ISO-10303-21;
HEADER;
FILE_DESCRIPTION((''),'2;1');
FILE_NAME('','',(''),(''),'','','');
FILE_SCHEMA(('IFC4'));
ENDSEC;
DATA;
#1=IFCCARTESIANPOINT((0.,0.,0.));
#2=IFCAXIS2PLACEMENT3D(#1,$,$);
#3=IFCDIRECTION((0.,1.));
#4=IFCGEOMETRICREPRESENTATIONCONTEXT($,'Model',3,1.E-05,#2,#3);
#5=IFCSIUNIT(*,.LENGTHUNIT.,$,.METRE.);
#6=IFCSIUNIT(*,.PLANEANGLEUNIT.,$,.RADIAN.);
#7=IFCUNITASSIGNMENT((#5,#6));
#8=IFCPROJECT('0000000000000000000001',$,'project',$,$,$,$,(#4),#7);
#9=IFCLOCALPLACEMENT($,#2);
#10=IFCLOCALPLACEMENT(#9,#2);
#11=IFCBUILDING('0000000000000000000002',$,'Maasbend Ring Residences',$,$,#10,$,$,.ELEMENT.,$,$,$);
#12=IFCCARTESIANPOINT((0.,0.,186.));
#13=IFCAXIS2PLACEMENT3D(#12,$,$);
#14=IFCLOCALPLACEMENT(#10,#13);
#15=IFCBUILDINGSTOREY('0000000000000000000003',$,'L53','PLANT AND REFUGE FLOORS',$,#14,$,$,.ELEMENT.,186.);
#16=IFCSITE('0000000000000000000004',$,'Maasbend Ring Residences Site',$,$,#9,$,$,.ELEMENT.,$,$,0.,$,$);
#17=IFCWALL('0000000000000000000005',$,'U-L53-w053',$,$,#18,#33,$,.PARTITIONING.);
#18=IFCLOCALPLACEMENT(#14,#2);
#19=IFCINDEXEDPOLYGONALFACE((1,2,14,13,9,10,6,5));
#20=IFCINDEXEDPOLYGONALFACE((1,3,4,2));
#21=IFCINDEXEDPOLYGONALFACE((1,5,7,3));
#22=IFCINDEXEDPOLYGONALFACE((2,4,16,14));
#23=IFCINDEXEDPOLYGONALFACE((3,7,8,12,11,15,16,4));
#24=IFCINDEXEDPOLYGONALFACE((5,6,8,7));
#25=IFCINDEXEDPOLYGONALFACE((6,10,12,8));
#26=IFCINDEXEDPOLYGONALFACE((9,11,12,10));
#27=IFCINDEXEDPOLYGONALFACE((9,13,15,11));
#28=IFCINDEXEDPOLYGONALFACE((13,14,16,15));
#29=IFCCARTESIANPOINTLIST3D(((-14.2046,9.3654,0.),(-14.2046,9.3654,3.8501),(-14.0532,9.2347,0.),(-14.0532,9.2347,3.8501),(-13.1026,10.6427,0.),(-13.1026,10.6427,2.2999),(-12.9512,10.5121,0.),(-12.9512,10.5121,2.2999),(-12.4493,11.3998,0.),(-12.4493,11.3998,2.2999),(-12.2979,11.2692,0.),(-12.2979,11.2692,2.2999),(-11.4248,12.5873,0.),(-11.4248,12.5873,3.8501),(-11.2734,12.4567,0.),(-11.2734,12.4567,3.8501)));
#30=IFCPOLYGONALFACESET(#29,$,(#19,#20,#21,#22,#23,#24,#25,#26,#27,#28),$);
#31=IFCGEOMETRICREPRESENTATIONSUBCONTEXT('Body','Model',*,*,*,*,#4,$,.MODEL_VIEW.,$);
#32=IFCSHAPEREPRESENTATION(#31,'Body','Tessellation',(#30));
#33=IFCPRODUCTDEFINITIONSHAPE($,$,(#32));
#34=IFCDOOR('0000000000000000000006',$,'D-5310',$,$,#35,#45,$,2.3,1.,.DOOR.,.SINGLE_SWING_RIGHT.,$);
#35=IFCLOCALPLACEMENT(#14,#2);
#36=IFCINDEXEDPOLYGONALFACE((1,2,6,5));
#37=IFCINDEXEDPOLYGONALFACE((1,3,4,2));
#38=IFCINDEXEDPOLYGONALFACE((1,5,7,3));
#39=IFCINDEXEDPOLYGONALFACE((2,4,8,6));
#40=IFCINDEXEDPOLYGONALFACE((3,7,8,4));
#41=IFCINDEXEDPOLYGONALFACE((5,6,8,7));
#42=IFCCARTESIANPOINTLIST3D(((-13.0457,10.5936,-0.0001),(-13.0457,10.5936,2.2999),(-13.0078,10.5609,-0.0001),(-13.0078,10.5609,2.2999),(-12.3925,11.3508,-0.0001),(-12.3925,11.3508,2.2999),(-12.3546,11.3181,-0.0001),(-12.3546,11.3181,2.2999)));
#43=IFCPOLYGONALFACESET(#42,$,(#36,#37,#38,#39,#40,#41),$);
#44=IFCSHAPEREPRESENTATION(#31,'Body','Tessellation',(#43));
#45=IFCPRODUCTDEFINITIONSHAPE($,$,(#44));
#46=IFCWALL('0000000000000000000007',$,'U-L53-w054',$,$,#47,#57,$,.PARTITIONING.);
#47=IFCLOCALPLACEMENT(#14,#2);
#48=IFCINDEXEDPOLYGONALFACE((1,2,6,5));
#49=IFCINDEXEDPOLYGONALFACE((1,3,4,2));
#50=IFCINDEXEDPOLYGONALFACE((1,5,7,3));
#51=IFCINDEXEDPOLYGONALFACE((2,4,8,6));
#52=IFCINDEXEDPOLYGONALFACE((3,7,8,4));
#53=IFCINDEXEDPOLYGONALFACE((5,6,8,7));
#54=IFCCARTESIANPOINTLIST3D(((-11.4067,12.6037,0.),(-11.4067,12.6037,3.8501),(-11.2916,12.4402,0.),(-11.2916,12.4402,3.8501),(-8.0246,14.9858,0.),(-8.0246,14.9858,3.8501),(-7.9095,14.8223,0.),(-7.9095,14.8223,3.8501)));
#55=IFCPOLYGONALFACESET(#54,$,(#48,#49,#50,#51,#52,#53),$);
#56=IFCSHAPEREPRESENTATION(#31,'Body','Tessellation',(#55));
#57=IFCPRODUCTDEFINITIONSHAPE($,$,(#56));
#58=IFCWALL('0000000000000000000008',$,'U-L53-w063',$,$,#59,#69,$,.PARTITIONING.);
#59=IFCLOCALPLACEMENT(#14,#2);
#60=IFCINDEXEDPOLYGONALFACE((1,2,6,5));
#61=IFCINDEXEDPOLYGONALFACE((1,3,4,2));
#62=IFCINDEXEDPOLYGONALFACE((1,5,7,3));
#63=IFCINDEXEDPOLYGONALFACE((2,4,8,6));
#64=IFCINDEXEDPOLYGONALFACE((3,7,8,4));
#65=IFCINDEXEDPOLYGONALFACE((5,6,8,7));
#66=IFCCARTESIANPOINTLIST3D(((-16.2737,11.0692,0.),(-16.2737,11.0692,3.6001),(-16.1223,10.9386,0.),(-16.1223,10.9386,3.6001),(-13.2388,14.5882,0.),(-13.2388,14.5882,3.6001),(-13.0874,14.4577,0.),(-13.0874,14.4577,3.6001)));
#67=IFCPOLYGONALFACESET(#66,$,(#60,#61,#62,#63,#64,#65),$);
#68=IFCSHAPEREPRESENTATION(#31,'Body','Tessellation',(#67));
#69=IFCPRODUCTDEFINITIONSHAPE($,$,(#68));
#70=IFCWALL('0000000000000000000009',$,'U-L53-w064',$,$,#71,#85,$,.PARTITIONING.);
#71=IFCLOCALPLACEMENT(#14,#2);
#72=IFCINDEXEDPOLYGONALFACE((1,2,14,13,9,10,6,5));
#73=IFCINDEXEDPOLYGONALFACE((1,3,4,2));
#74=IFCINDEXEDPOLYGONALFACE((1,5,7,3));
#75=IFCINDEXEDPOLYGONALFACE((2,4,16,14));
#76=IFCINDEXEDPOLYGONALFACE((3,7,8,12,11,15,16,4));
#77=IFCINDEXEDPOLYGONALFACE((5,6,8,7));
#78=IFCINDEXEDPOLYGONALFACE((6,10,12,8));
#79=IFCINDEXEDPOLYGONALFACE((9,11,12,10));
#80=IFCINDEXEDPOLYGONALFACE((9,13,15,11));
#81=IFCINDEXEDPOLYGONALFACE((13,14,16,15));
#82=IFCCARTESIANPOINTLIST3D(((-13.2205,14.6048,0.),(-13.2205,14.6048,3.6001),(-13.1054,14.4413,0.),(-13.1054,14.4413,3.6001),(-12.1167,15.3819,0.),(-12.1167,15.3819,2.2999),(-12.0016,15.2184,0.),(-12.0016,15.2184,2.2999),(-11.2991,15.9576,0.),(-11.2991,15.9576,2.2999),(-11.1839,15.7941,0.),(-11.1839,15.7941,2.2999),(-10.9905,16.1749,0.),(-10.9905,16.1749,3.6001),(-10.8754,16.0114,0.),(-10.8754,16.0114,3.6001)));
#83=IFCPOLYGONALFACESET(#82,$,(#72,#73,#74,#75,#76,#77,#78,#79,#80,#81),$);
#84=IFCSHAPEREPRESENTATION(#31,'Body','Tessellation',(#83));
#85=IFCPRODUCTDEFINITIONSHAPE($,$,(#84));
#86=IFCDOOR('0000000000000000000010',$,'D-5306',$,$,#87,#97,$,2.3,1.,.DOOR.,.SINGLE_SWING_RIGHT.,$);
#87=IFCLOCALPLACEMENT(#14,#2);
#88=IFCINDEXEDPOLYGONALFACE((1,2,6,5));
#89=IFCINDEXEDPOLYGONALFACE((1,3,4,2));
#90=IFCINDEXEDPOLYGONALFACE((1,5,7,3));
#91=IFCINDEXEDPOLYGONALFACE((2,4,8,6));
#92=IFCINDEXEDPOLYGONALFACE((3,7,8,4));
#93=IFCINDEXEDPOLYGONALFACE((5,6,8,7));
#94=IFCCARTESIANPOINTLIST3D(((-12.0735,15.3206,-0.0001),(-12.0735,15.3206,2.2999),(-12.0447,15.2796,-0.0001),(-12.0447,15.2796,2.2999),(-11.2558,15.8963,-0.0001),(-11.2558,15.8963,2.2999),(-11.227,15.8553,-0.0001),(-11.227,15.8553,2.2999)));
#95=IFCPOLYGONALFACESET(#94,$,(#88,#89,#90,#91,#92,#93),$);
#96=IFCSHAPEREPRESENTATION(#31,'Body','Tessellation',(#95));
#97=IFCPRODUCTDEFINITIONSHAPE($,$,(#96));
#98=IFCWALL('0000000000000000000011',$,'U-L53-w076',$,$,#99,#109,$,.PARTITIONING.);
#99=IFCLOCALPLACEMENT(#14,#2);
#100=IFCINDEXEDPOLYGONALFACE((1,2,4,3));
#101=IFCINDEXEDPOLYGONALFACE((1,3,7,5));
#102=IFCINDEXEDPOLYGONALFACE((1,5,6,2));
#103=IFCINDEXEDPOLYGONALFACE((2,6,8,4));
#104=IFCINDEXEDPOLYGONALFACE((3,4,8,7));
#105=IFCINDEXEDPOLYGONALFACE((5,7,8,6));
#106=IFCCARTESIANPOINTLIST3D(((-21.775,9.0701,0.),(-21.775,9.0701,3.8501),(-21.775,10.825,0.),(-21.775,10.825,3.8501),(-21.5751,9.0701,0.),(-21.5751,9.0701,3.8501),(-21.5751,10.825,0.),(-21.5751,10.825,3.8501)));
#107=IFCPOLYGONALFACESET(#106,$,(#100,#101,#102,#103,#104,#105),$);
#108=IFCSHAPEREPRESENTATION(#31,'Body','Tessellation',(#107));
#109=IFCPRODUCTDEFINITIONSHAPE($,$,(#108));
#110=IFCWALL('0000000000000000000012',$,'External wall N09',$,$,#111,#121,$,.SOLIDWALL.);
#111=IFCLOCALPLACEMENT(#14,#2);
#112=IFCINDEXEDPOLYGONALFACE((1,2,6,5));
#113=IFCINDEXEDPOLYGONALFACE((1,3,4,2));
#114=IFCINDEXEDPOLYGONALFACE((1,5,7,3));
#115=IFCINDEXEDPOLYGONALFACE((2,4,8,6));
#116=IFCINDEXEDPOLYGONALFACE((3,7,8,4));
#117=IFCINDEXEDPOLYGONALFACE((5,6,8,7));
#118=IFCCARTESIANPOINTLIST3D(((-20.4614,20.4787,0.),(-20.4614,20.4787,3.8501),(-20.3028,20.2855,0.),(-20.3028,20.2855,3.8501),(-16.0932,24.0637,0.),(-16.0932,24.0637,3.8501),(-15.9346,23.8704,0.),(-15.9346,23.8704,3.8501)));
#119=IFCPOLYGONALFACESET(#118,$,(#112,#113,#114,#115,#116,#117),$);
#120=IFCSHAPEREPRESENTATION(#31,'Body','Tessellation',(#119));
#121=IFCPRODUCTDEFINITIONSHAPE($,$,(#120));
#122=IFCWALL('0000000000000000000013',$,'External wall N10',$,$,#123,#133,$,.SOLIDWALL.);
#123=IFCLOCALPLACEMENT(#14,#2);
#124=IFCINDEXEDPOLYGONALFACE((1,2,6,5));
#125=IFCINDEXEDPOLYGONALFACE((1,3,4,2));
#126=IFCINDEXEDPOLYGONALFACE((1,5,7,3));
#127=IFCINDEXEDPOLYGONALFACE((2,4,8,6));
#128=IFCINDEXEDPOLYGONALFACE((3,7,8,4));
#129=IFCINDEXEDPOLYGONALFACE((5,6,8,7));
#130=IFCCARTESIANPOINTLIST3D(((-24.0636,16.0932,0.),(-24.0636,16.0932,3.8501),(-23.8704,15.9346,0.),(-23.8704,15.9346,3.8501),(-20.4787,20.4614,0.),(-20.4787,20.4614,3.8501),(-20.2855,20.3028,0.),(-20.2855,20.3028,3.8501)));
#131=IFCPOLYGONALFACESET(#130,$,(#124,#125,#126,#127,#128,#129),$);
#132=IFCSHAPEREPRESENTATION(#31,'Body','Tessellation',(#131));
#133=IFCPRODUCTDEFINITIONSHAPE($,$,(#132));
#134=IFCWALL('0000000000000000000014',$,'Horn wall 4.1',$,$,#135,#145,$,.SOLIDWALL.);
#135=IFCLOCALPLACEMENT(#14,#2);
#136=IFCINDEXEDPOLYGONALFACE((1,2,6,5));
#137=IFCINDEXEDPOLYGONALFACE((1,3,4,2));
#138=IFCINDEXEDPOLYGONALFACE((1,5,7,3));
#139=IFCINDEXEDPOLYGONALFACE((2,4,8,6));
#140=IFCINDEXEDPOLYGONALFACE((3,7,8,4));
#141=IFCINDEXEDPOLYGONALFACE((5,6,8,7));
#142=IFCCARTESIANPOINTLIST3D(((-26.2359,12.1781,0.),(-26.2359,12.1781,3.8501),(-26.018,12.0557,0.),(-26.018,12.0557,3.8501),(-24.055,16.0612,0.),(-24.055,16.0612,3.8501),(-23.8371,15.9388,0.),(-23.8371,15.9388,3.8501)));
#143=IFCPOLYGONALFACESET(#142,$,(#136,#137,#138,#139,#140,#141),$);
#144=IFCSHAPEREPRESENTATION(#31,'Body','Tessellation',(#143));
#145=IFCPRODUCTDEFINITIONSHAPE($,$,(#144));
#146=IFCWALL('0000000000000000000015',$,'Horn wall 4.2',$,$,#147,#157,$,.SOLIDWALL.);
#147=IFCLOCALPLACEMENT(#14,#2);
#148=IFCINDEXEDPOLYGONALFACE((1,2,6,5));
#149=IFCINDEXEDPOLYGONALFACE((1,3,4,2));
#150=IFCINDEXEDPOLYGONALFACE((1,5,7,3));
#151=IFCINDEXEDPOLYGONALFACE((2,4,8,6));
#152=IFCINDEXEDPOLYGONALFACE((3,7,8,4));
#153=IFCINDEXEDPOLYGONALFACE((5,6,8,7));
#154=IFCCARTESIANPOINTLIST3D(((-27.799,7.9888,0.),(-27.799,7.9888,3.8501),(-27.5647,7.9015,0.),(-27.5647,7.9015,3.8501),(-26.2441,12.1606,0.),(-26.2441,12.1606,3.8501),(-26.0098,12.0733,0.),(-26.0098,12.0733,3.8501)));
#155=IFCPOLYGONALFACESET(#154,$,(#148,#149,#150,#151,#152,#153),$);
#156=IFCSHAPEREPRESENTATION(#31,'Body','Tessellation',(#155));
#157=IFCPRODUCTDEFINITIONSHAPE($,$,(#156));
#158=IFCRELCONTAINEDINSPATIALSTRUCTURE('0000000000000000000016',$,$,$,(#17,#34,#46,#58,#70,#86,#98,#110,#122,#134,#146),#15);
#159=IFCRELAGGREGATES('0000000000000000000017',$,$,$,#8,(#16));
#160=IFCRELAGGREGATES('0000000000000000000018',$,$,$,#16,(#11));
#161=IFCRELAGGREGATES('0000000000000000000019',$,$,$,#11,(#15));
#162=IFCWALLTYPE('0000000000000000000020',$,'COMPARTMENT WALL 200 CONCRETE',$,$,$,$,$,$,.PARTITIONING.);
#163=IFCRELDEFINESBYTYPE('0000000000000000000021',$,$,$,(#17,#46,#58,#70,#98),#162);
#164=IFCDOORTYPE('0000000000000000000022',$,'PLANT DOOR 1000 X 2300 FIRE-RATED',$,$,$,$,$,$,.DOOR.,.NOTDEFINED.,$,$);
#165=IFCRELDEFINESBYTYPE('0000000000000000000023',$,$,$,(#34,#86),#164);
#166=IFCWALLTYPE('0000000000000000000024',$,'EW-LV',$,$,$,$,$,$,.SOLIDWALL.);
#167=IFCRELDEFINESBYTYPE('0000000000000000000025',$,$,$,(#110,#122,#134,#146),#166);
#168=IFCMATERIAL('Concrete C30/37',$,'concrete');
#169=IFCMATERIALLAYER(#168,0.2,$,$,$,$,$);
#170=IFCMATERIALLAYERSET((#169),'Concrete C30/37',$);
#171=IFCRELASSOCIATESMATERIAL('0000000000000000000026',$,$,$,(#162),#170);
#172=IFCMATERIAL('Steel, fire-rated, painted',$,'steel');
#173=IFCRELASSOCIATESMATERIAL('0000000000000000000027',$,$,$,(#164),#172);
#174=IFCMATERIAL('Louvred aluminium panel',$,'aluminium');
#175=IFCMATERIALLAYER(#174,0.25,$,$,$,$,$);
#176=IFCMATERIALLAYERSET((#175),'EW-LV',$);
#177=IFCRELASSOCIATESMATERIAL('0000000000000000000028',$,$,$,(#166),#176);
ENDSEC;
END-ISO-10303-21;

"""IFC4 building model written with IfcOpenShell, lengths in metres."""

from ifc_helpers import new_model, si_unit, direction, frame, frame_2d, origin, place, context, subcontext, project, spatial, rectangle, extrude, material, layer, layer_set, type_object, element, fill, save


model = new_model("IFC4")

# Units and contexts
model_context = context("Model", 3, precision=1e-05, world=origin(), true_north=direction((0.0, 1.0)))
body_context = subcontext(model_context, "Body", "Model", "MODEL_VIEW")
ifc_project = project(units=[si_unit("LENGTHUNIT", "METRE"), si_unit("PLANEANGLEUNIT", "RADIAN")], contexts=[model_context])

# Site, building, storey
site_placement = place(None, origin())
site = spatial("IfcSite", under=ifc_project, at=site_placement, Name="Maasbend Ring Residences Site", CompositionType="ELEMENT", RefElevation=0.0)
building_placement = place(site_placement, origin())
building = spatial("IfcBuilding", under=site, at=building_placement, Name="Maasbend Ring Residences", CompositionType="ELEMENT")
storey_placement = place(building_placement, frame((0.0, 0.0, 186.0)))
storey = spatial("IfcBuildingStorey", under=building, at=storey_placement, Name="L53", Description="PLANT AND REFUGE FLOORS", CompositionType="ELEMENT", Elevation=186.0)

# Shared definitions
ifc_material_1 = material(Name="Concrete C30/37", Category="concrete")
ifc_layer_1 = layer(ifc_material_1, 0.2)
ifc_layer_set_1 = layer_set([ifc_layer_1], Name="Concrete C30/37")
wall_type_1 = type_object("IfcWallType", Name="COMPARTMENT WALL 200 CONCRETE", PredefinedType="PARTITIONING", material=ifc_layer_set_1)

# Wall, opening, door
ifc_material_2 = material(Name="Steel, fire-rated, painted", Category="steel")
door_type = type_object("IfcDoorType", Name="PLANT DOOR 1000 X 2300 FIRE-RATED", OperationType="NOTDEFINED", PredefinedType="DOOR", material=ifc_material_2)
wall_1_placement = place(storey_placement, frame((-14.1289, 9.3, 0.0), z_axis=(0.0, 0.0, 1.0), x_axis=(0.653245, 0.757147, 0.0)))
wall_1 = element("IfcWall", 1, at=wall_1_placement, inside=storey, type_object=wall_type_1, Name="U-L53-w053", PredefinedType="PARTITIONING", context=body_context, shape_type="SweptSolid", body=[
    extrude(rectangle(XDim=4.2554, YDim=0.2, at=frame_2d((2.1277, 0.0))), origin(), (0.0, 0.0, 1.0), 3.8501),
])
opening_1_placement = place(wall_1_placement, frame((1.687, 0.0, 0.0)))
opening_1 = element("IfcOpeningElement", 2, at=opening_1_placement, cuts=wall_1, PredefinedType="OPENING", context=body_context, shape_type="SweptSolid", body=[
    extrude(rectangle(XDim=1.0, YDim=2.3, at=frame_2d((0.5, 1.1499))), frame((0.0, 0.1099, 0.0), z_axis=(0.0, -1.0, 0.0), x_axis=(1.0, 0.0, 0.0)), (0.0, 0.0, 1.0), 0.22),
])
door_1_placement = place(opening_1_placement, origin())
door_1 = element("IfcDoor", 3, at=door_1_placement, inside=storey, type_object=door_type, Name="D-5310", OperationType="SINGLE_SWING_RIGHT", OverallHeight=2.3, OverallWidth=1.0, PredefinedType="DOOR", context=body_context, shape_type="SweptSolid", body=[
    extrude(rectangle(XDim=1.0, YDim=2.3, at=frame_2d((0.5, 1.1499))), frame((0.0, 0.0249, 0.0), z_axis=(0.0, -1.0, 0.0), x_axis=(1.0, 0.0, 0.0)), (0.0, 0.0, 1.0), 0.05),
])
fill(opening_1, door_1)

# Walls
wall_2_placement = place(storey_placement, frame((-11.3491, 12.522, 0.0), z_axis=(0.0, 0.0, 1.0), x_axis=(0.817568, 0.575833, 0.0)))
element("IfcWall", 4, at=wall_2_placement, inside=storey, type_object=wall_type_1, Name="U-L53-w054", PredefinedType="PARTITIONING", context=body_context, shape_type="SweptSolid", body=[
    extrude(rectangle(XDim=4.1367, YDim=0.2, at=frame_2d((2.0684, 0.0))), origin(), (0.0, 0.0, 1.0), 3.8501),
])
wall_3_placement = place(storey_placement, frame((-16.198, 11.0039, 0.0), z_axis=(0.0, 0.0, 1.0), x_axis=(0.653094, 0.757276, 0.0)))
element("IfcWall", 5, at=wall_3_placement, inside=storey, type_object=wall_type_1, Name="U-L53-w063", PredefinedType="PARTITIONING", context=body_context, shape_type="SweptSolid", body=[
    extrude(rectangle(XDim=4.647, YDim=0.2, at=frame_2d((2.3235, 0.0))), origin(), (0.0, 0.0, 1.0), 3.6001),
])

# Wall, opening, door
wall_4_placement = place(storey_placement, frame((-13.1631, 14.5229, 0.0), z_axis=(0.0, 0.0, 1.0), x_axis=(0.817664, 0.575695, 0.0)))
wall_4 = element("IfcWall", 6, at=wall_4_placement, inside=storey, type_object=wall_type_1, Name="U-L53-w064", PredefinedType="PARTITIONING", context=body_context, shape_type="SweptSolid", body=[
    extrude(rectangle(XDim=2.7273, YDim=0.2, at=frame_2d((1.3638, 0.0))), origin(), (0.0, 0.0, 1.0), 3.6001),
])
opening_2_placement = place(wall_4_placement, frame((1.3501, 0.0, 0.0)))
opening_2 = element("IfcOpeningElement", 7, at=opening_2_placement, cuts=wall_4, PredefinedType="OPENING", context=body_context, shape_type="SweptSolid", body=[
    extrude(rectangle(XDim=1.0, YDim=2.3, at=frame_2d((0.5, 1.1499))), frame((0.0, 0.1099, 0.0), z_axis=(0.0, -1.0, 0.0), x_axis=(1.0, 0.0, 0.0)), (0.0, 0.0, 1.0), 0.22),
])
door_2_placement = place(opening_2_placement, origin())
door_2 = element("IfcDoor", 8, at=door_2_placement, inside=storey, type_object=door_type, Name="D-5306", OperationType="SINGLE_SWING_RIGHT", OverallHeight=2.3, OverallWidth=1.0, PredefinedType="DOOR", context=body_context, shape_type="SweptSolid", body=[
    extrude(rectangle(XDim=1.0, YDim=2.3, at=frame_2d((0.5, 1.1499))), frame((0.0, 0.0249, 0.0), z_axis=(0.0, -1.0, 0.0), x_axis=(1.0, 0.0, 0.0)), (0.0, 0.0, 1.0), 0.05),
])
fill(opening_2, door_2)

# Walls
wall_5_placement = place(storey_placement, frame((-21.675, 9.0701, 0.0), z_axis=(0.0, 0.0, 1.0), x_axis=(0.0, 1.0, 0.0)))
element("IfcWall", 9, at=wall_5_placement, inside=storey, type_object=wall_type_1, Name="U-L53-w076", PredefinedType="PARTITIONING", context=body_context, shape_type="SweptSolid", body=[
    extrude(rectangle(XDim=1.7549, YDim=0.2, at=frame_2d((0.8774, 0.0))), origin(), (0.0, 0.0, 1.0), 3.8501),
])
ifc_material_3 = material(Name="Louvred aluminium panel", Category="aluminium")
ifc_layer_2 = layer(ifc_material_3, 0.25)
ifc_layer_set_2 = layer_set([ifc_layer_2], Name="EW-LV")
wall_type_2 = type_object("IfcWallType", Name="EW-LV", PredefinedType="SOLIDWALL", material=ifc_layer_set_2)
for number, where, z_axis, x_axis, name in (
    (10, (-16.0139, 23.967, 0.0), (0.0, 0.0, 1.0), (-0.773002, -0.634404, 0.0), "External wall N09"),
    (11, (-20.3821, 20.3821, 0.0), (0.0, 0.0, 1.0), (-0.634404, -0.773002, 0.0), "External wall N10"),
):
    element("IfcWall", number, at=place(storey_placement, frame(where, z_axis=z_axis, x_axis=x_axis)), inside=storey, type_object=wall_type_2, Name=name, PredefinedType="SOLIDWALL", context=body_context, shape_type="SweptSolid", body=[
        extrude(rectangle(XDim=5.6509, YDim=0.25, at=frame_2d((2.8254, 0.0))), origin(), (0.0, 0.0, 1.0), 3.8501),
    ])
wall_6_placement = place(storey_placement, frame((-23.946, 16.0, 0.0), z_axis=(0.0, 0.0, 1.0), x_axis=(-0.489696, -0.871893, 0.0)))
element("IfcWall", 12, at=wall_6_placement, inside=storey, type_object=wall_type_2, Name="Horn wall 4.1", PredefinedType="SOLIDWALL", context=body_context, shape_type="SweptSolid", body=[
    extrude(rectangle(XDim=4.4536, YDim=0.25, at=frame_2d((2.2268, 0.0))), origin(), (0.0, 0.0, 1.0), 3.8501),
])
wall_7_placement = place(storey_placement, frame((-26.127, 12.1169, 0.0), z_axis=(0.0, 0.0, 1.0), x_axis=(-0.349248, -0.93703, 0.0)))
element("IfcWall", 13, at=wall_7_placement, inside=storey, type_object=wall_type_2, Name="Horn wall 4.2", PredefinedType="SOLIDWALL", context=body_context, shape_type="SweptSolid", body=[
    extrude(rectangle(XDim=4.4521, YDim=0.25, at=frame_2d((2.2261, 0.0))), origin(), (0.0, 0.0, 1.0), 3.8501),
])

save(model, "model.ifc")
